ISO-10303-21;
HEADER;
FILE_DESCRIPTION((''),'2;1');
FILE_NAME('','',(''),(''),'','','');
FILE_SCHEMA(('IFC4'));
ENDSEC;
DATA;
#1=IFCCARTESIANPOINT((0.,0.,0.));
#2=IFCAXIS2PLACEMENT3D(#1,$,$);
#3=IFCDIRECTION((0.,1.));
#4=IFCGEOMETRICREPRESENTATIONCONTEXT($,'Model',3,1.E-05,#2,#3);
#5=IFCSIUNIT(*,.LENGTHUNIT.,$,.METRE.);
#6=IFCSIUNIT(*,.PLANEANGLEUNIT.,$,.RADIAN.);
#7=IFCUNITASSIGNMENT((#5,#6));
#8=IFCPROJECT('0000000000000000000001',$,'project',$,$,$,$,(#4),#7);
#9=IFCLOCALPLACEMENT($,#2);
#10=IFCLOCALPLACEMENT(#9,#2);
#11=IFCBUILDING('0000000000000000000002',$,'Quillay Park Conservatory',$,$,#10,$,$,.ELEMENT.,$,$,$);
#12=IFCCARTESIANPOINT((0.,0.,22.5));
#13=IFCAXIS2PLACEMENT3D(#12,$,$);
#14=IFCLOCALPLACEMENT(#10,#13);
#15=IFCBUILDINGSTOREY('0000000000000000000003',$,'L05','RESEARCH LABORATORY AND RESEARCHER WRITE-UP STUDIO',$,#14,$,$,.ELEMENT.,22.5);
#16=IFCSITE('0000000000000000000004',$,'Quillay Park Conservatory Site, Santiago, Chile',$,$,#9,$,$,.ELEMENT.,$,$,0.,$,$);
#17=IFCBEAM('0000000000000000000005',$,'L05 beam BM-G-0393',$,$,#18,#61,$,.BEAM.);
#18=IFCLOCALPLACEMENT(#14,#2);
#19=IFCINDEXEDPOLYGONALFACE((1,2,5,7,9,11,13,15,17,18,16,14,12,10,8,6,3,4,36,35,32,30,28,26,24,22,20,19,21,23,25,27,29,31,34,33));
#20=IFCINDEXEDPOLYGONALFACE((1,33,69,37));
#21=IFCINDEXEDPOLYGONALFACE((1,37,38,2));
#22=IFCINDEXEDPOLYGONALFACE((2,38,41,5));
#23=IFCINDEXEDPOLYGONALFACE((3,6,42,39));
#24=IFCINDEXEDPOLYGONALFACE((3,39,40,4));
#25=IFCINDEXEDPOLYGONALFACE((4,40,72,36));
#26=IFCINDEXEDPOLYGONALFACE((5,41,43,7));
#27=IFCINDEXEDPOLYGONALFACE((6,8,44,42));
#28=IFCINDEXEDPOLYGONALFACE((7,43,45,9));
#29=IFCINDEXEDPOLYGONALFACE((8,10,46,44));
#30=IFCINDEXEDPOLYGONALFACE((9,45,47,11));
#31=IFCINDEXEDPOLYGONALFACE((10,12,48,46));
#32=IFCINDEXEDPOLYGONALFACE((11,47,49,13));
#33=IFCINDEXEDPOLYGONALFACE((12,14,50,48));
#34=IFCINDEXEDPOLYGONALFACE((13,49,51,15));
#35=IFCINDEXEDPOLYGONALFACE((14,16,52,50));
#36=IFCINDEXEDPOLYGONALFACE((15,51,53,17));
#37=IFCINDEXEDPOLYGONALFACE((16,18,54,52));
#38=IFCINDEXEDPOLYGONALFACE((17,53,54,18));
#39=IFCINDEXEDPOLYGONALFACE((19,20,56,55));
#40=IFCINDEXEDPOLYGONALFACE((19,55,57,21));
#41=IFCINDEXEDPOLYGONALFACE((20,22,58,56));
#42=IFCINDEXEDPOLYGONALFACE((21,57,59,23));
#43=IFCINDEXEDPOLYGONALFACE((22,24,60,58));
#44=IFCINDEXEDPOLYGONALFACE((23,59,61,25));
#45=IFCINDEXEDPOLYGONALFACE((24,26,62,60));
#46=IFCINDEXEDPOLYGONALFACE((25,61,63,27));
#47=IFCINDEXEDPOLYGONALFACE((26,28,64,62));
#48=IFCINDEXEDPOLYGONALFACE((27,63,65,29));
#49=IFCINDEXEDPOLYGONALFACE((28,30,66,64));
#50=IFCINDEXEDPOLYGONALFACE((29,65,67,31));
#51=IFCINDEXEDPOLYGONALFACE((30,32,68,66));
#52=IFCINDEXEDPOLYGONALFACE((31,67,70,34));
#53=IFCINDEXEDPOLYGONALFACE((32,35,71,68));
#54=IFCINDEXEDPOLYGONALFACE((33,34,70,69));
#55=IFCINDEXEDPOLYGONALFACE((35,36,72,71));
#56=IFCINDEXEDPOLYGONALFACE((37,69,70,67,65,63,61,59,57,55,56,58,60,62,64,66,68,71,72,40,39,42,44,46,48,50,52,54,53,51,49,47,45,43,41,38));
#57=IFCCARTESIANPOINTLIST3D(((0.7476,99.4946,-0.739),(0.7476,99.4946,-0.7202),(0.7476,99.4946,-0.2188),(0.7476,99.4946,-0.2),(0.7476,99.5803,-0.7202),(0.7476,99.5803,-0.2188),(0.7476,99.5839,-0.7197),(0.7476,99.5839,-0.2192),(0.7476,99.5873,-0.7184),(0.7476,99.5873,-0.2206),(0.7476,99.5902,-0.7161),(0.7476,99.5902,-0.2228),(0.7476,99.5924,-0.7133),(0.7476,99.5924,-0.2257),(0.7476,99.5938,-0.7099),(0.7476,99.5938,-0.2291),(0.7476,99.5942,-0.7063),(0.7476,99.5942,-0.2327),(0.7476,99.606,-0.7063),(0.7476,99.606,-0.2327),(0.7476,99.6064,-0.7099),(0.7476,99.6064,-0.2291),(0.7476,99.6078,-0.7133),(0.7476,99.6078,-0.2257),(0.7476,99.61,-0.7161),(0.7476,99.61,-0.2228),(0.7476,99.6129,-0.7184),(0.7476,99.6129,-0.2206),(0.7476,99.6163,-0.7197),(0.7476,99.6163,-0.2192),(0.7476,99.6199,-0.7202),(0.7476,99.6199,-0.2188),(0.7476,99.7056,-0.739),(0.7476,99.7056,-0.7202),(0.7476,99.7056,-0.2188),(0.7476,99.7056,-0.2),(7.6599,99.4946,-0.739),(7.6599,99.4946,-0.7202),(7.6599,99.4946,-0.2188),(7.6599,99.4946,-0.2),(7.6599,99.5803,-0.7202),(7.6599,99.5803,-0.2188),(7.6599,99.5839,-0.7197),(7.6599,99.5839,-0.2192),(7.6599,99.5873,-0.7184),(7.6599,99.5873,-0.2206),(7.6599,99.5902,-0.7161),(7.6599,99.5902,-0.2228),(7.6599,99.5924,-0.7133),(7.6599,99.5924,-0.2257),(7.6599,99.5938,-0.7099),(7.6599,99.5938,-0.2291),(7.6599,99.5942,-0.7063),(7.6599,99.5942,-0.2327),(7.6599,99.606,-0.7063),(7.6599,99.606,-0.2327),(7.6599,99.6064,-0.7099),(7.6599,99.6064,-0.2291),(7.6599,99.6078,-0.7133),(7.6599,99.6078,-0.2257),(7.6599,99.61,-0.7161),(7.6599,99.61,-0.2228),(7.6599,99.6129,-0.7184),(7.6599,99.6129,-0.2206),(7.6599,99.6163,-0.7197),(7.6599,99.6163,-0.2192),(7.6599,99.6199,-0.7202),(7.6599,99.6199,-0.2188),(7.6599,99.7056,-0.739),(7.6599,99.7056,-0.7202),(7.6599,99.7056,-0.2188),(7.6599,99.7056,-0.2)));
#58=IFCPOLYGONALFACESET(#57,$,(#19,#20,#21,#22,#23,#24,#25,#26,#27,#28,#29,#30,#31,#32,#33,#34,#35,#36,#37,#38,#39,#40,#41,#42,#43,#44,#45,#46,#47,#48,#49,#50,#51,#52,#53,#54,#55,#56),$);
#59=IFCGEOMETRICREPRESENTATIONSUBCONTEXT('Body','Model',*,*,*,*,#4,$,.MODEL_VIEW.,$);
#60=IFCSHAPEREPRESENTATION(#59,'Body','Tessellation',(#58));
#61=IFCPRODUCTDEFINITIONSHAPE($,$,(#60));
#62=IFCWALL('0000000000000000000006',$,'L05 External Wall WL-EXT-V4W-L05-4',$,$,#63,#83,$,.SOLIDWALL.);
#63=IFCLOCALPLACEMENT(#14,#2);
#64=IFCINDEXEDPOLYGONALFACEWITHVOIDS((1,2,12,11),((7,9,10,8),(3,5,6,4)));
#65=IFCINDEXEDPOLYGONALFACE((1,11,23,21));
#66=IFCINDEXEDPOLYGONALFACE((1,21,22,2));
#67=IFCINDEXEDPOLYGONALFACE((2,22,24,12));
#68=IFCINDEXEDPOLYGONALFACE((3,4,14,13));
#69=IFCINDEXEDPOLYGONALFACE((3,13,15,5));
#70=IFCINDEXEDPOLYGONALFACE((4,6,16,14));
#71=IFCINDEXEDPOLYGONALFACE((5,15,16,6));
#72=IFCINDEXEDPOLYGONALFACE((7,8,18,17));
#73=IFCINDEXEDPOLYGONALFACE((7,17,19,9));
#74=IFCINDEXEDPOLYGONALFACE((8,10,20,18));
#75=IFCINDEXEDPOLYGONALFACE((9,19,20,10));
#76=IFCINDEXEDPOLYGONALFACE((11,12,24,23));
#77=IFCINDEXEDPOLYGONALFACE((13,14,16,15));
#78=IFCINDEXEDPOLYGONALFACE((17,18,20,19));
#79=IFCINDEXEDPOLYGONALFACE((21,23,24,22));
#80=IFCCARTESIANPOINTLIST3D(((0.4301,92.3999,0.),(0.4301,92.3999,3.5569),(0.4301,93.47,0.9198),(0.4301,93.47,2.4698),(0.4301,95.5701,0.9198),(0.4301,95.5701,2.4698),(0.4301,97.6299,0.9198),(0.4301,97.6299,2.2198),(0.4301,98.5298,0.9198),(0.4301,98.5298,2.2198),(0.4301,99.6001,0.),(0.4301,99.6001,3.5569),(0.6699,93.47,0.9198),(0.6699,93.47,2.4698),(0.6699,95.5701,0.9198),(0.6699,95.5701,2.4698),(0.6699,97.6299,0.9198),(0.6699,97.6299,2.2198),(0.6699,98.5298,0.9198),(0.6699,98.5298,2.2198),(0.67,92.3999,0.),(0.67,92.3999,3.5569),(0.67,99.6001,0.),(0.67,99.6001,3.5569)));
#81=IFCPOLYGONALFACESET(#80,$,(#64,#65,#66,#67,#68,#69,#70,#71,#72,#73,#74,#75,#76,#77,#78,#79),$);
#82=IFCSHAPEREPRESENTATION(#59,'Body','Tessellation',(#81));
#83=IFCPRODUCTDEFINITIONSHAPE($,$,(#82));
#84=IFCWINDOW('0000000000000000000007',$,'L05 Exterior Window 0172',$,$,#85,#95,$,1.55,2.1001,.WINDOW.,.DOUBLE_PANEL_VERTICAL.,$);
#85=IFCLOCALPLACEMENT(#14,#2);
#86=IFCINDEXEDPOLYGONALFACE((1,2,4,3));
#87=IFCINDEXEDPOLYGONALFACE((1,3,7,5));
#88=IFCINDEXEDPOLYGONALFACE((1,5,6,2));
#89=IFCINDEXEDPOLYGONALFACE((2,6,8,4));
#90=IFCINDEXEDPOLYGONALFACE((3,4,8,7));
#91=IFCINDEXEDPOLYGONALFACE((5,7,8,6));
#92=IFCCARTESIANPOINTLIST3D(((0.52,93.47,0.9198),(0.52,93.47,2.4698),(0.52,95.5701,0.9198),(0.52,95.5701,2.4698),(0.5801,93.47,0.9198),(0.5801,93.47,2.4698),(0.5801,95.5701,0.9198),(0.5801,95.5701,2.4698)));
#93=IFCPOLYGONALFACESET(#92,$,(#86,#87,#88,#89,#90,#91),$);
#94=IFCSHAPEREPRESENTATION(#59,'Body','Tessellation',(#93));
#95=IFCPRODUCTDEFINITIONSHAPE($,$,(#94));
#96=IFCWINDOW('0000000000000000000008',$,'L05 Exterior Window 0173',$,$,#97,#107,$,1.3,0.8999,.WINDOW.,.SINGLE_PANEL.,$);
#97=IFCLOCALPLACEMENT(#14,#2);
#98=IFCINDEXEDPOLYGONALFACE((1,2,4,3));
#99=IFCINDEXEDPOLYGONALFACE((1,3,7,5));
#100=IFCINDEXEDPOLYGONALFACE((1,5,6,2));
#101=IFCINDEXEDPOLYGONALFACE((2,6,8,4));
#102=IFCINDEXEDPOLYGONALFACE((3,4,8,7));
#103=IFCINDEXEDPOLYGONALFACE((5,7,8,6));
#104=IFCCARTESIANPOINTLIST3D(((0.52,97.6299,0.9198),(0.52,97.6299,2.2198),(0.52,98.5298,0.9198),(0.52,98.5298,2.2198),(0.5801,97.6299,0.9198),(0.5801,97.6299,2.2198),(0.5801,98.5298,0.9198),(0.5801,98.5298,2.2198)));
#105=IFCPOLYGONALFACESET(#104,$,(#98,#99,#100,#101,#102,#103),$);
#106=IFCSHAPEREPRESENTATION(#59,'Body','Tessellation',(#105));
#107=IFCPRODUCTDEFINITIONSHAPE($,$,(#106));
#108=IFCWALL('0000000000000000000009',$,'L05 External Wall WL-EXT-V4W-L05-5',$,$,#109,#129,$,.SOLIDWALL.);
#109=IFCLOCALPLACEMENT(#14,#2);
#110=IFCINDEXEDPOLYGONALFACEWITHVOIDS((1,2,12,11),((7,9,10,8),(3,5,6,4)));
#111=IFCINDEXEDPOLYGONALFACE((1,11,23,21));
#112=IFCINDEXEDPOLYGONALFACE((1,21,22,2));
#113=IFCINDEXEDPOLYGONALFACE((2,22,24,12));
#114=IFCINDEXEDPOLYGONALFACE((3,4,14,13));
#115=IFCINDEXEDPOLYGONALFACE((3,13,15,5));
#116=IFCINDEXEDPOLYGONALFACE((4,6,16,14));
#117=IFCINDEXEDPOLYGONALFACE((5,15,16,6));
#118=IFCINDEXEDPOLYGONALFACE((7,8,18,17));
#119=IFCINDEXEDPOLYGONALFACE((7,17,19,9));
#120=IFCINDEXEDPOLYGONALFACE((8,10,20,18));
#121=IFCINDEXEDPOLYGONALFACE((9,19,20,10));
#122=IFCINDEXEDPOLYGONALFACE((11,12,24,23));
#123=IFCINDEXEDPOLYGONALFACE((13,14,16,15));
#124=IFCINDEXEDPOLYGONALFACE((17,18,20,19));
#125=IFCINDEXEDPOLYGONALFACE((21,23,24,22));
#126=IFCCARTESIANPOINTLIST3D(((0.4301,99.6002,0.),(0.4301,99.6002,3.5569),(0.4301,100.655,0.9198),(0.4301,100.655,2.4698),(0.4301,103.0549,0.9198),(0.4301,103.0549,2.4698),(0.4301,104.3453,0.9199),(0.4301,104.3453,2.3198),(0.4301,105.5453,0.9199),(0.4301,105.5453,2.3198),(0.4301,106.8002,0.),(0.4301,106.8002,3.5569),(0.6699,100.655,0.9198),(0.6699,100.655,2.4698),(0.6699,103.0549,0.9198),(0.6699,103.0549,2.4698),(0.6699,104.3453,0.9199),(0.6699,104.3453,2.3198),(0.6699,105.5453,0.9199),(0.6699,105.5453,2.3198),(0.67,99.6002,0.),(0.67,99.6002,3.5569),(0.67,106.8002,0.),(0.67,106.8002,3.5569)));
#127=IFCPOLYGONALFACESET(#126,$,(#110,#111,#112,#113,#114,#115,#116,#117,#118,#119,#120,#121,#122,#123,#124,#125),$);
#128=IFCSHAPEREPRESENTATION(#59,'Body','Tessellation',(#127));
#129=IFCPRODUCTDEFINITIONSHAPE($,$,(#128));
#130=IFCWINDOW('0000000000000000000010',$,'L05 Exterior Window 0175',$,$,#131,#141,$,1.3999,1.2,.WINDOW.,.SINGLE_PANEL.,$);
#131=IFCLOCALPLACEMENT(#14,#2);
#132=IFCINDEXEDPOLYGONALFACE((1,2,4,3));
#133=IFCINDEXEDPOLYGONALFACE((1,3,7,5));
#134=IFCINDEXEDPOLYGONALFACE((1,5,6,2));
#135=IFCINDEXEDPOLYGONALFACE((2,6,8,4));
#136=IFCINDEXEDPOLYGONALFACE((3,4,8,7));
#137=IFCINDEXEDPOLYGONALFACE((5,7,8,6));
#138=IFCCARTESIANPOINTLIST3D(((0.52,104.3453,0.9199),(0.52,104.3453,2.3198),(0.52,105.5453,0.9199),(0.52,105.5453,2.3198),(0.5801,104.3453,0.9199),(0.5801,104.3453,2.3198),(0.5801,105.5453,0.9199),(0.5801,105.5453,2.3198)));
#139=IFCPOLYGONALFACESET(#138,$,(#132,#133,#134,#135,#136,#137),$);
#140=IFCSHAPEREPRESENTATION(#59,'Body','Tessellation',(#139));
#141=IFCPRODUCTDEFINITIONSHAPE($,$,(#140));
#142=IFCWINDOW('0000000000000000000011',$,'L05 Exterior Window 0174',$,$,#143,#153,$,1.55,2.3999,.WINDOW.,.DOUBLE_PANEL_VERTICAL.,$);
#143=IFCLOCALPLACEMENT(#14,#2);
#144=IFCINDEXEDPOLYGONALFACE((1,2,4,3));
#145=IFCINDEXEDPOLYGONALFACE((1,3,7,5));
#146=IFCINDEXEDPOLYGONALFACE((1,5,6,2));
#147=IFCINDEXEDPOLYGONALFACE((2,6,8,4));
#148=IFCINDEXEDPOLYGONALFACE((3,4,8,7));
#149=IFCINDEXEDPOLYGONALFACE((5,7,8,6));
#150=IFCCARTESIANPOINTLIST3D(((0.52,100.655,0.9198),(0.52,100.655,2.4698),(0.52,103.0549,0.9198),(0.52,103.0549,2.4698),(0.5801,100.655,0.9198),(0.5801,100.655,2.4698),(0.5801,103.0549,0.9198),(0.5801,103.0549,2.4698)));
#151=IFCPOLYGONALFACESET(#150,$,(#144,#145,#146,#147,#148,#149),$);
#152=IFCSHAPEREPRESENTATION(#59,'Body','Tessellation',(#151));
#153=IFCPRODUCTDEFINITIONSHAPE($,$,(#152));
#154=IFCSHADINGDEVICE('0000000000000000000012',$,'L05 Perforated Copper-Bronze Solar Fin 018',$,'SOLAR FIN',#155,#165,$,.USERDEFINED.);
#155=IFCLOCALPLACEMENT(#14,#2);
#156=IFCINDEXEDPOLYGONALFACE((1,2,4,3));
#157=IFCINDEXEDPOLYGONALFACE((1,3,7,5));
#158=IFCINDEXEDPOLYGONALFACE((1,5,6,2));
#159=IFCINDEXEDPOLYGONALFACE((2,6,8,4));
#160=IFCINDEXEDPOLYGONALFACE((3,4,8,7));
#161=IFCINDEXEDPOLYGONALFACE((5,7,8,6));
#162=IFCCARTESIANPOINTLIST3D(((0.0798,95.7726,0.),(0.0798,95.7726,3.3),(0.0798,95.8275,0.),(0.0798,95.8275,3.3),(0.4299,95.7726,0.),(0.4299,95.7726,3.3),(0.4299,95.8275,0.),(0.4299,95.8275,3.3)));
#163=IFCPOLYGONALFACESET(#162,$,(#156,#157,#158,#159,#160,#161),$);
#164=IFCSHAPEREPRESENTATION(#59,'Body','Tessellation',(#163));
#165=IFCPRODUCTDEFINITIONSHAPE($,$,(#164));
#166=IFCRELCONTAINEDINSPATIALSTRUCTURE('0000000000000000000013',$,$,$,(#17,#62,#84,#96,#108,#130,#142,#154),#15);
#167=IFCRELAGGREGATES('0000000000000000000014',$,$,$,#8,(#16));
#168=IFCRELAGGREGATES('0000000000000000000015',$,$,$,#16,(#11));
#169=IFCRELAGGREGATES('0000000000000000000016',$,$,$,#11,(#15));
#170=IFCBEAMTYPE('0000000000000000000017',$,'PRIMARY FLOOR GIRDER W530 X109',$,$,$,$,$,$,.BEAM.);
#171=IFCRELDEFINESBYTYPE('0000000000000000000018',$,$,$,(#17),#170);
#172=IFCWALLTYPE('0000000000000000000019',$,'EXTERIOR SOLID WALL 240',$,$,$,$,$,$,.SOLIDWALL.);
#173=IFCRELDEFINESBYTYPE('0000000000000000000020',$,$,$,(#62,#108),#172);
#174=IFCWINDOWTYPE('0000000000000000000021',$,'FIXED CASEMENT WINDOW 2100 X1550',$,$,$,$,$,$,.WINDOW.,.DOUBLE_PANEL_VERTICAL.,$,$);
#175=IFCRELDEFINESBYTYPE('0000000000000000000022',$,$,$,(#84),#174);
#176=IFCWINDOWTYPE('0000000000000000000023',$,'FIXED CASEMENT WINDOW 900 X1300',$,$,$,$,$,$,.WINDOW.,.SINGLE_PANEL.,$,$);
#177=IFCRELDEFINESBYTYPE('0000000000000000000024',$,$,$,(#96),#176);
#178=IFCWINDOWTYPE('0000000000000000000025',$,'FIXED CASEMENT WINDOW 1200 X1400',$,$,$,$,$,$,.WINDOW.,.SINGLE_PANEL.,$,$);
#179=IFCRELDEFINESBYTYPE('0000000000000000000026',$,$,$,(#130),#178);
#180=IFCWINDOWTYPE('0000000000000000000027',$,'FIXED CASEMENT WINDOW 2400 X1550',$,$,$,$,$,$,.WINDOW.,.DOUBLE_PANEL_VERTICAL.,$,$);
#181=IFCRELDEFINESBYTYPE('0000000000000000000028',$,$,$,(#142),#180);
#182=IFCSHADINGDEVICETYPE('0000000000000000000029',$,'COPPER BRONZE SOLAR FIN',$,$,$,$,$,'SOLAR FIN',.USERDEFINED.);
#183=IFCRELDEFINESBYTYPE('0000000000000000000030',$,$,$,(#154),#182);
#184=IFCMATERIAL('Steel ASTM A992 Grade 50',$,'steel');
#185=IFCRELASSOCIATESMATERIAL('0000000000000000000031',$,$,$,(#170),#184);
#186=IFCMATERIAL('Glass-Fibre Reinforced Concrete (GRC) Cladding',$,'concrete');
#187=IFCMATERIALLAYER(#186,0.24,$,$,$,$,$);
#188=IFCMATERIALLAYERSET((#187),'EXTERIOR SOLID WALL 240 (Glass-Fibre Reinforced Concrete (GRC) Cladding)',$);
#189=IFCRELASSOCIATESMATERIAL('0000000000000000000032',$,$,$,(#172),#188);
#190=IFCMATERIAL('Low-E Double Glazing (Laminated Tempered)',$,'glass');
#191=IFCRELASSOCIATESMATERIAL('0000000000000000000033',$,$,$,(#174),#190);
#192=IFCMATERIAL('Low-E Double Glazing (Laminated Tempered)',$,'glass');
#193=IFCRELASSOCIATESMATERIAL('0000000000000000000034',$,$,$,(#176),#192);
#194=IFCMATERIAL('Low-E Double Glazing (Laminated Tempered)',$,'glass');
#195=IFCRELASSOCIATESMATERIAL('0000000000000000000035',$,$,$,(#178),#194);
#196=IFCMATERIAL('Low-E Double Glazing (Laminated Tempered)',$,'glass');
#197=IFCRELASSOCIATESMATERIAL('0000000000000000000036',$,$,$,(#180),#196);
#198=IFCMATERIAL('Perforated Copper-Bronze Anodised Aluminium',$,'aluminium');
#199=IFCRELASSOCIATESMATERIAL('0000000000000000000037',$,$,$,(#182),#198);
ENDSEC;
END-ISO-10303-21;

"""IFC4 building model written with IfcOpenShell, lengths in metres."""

from ifc_helpers import new_model, si_unit, direction, frame, frame_2d, origin, origin_2d, place, context, subcontext, project, spatial, rectangle, i_section, extrude, material, layer, layer_set, material_profile, profile_set, type_object, element, fill, save


model = new_model("IFC4")

# Units and contexts
model_context = context("Model", 3, precision=1e-05, world=origin(), true_north=direction((0.0, 1.0)))
body_context = subcontext(model_context, "Body", "Model", "MODEL_VIEW")
ifc_project = project(units=[si_unit("LENGTHUNIT", "METRE"), si_unit("PLANEANGLEUNIT", "RADIAN")], contexts=[model_context])

# Site, building, storey
site_placement = place(None, origin())
site = spatial("IfcSite", under=ifc_project, at=site_placement, Name="Quillay Park Conservatory Site, Santiago, Chile", CompositionType="ELEMENT", RefElevation=0.0)
building_placement = place(site_placement, origin())
building = spatial("IfcBuilding", under=site, at=building_placement, Name="Quillay Park Conservatory", CompositionType="ELEMENT")
storey_placement = place(building_placement, frame((0.0, 0.0, 22.5)))
storey = spatial("IfcBuildingStorey", under=building, at=storey_placement, Name="L05", Description="RESEARCH LABORATORY AND RESEARCHER WRITE-UP STUDIO", CompositionType="ELEMENT", Elevation=22.5)

# Beam
ifc_material_1 = material(Name="Steel ASTM A992 Grade 50", Category="steel")
ifc_material_profile_1 = material_profile(ifc_material_1, i_section(OverallWidth=0.2109, OverallDepth=0.5391, WebThickness=0.0117, FlangeThickness=0.0188, FilletRadius=0.0139, at=origin_2d()), Name="W530x109")
ifc_profile_set_1 = profile_set([ifc_material_profile_1], Name="Steel ASTM A992 Grade 50")
beam_type_1 = type_object("IfcBeamType", Name="PRIMARY FLOOR GIRDER W530 X109", PredefinedType="BEAM", material=ifc_profile_set_1)
beam_1_placement = place(storey_placement, frame((0.7476, 99.6001, -0.4695), z_axis=(1.0, 0.0, 0.0), x_axis=(0.0, 1.0, 0.0)))
element("IfcBeam", 1, at=beam_1_placement, inside=storey, type_object=beam_type_1, Name="L05 beam BM-G-0393", PredefinedType="BEAM", context=body_context, shape_type="SweptSolid", body=[
    extrude(i_section(OverallWidth=0.2109, OverallDepth=0.5391, WebThickness=0.0117, FlangeThickness=0.0188, FilletRadius=0.0139, at=origin_2d()), origin(), (0.0, 0.0, 1.0), 6.9124),
])

# Walls, openings, windows
ifc_material_2 = material(Name="Glass-Fibre Reinforced Concrete (GRC) Cladding", Category="concrete")
ifc_layer = layer(ifc_material_2, 0.24)
ifc_layer_set = layer_set([ifc_layer], Name="EXTERIOR SOLID WALL 240 (Glass-Fibre Reinforced Concrete (GRC) Cladding)")
wall_type = type_object("IfcWallType", Name="EXTERIOR SOLID WALL 240", PredefinedType="SOLIDWALL", material=ifc_layer_set)
wall_1_placement = place(storey_placement, frame((0.55, 92.3999, 0.0), z_axis=(0.0, 0.0, 1.0), x_axis=(0.0, 1.0, 0.0)))
wall_1 = element("IfcWall", 2, at=wall_1_placement, inside=storey, type_object=wall_type, Name="L05 External Wall WL-EXT-V4W-L05-4", PredefinedType="SOLIDWALL", context=body_context, shape_type="SweptSolid", body=[
    extrude(rectangle(XDim=7.2002, YDim=0.24, at=frame_2d((3.6001, 0.0))), origin(), (0.0, 0.0, 1.0), 3.5569),
])
opening_1_placement = place(wall_1_placement, frame((1.0701, 0.0, 0.9199)))
opening_1 = element("IfcOpeningElement", 3, at=opening_1_placement, cuts=wall_1, PredefinedType="OPENING", context=body_context, shape_type="SweptSolid", body=[
    extrude(rectangle(XDim=2.1001, YDim=1.55, at=frame_2d((1.05, 0.7749))), frame((0.0, 0.1201, 0.0), z_axis=(0.0, -1.0, 0.0), x_axis=(1.0, 0.0, 0.0)), (0.0, 0.0, 1.0), 0.24),
])
opening_2_placement = place(wall_1_placement, frame((5.23, 0.0, 0.9199)))
opening_2 = element("IfcOpeningElement", 4, at=opening_2_placement, cuts=wall_1, PredefinedType="OPENING", context=body_context, shape_type="SweptSolid", body=[
    extrude(rectangle(XDim=0.8999, YDim=1.3, at=frame_2d((0.45, 0.6499))), frame((0.0, 0.1201, 0.0), z_axis=(0.0, -1.0, 0.0), x_axis=(1.0, 0.0, 0.0)), (0.0, 0.0, 1.0), 0.24),
])
ifc_material_3 = material(Name="Low-E Double Glazing (Laminated Tempered)", Category="glass")
window_type_1 = type_object("IfcWindowType", Name="FIXED CASEMENT WINDOW 2100 X1550", PartitioningType="DOUBLE_PANEL_VERTICAL", PredefinedType="WINDOW", material=ifc_material_3)
window_1_placement = place(opening_1_placement, origin())
window_1 = element("IfcWindow", 5, at=window_1_placement, inside=storey, type_object=window_type_1, Name="L05 Exterior Window 0172", OverallHeight=1.55, OverallWidth=2.1001, PartitioningType="DOUBLE_PANEL_VERTICAL", PredefinedType="WINDOW", context=body_context, shape_type="SweptSolid", body=[
    extrude(rectangle(XDim=2.1001, YDim=1.55, at=frame_2d((1.05, 0.7749))), frame((0.0, 0.03, 0.0), z_axis=(0.0, -1.0, 0.0), x_axis=(1.0, 0.0, 0.0)), (0.0, 0.0, 1.0), 0.0601),
])
fill(opening_1, window_1)
ifc_material_4 = material(Name="Low-E Double Glazing (Laminated Tempered)", Category="glass")
window_type_2 = type_object("IfcWindowType", Name="FIXED CASEMENT WINDOW 900 X1300", PartitioningType="SINGLE_PANEL", PredefinedType="WINDOW", material=ifc_material_4)
window_2_placement = place(opening_2_placement, origin())
window_2 = element("IfcWindow", 6, at=window_2_placement, inside=storey, type_object=window_type_2, Name="L05 Exterior Window 0173", OverallHeight=1.3, OverallWidth=0.8999, PartitioningType="SINGLE_PANEL", PredefinedType="WINDOW", context=body_context, shape_type="SweptSolid", body=[
    extrude(rectangle(XDim=0.8999, YDim=1.3, at=frame_2d((0.45, 0.6499))), frame((0.0, 0.03, 0.0), z_axis=(0.0, -1.0, 0.0), x_axis=(1.0, 0.0, 0.0)), (0.0, 0.0, 1.0), 0.0601),
])
fill(opening_2, window_2)
wall_2_placement = place(storey_placement, frame((0.55, 99.6001, 0.0), z_axis=(0.0, 0.0, 1.0), x_axis=(0.0, 1.0, 0.0)))
wall_2 = element("IfcWall", 7, at=wall_2_placement, inside=storey, type_object=wall_type, Name="L05 External Wall WL-EXT-V4W-L05-5", PredefinedType="SOLIDWALL", context=body_context, shape_type="SweptSolid", body=[
    extrude(rectangle(XDim=7.2, YDim=0.24, at=frame_2d((3.6001, 0.0))), origin(), (0.0, 0.0, 1.0), 3.5569),
])
opening_3_placement = place(wall_2_placement, frame((1.0549, 0.0, 0.9199)))
opening_3 = element("IfcOpeningElement", 8, at=opening_3_placement, cuts=wall_2, PredefinedType="OPENING", context=body_context, shape_type="SweptSolid", body=[
    extrude(rectangle(XDim=2.3999, YDim=1.55, at=frame_2d((1.2, 0.7749))), frame((0.0, 0.1201, 0.0), z_axis=(0.0, -1.0, 0.0), x_axis=(1.0, 0.0, 0.0)), (0.0, 0.0, 1.0), 0.24),
])
opening_4_placement = place(wall_2_placement, frame((4.7451, 0.0, 0.9199)))
opening_4 = element("IfcOpeningElement", 9, at=opening_4_placement, cuts=wall_2, PredefinedType="OPENING", context=body_context, shape_type="SweptSolid", body=[
    extrude(rectangle(XDim=1.2, YDim=1.3999, at=frame_2d((0.6001, 0.7))), frame((0.0, 0.1201, 0.0), z_axis=(0.0, -1.0, 0.0), x_axis=(1.0, 0.0, 0.0)), (0.0, 0.0, 1.0), 0.24),
])
ifc_material_5 = material(Name="Low-E Double Glazing (Laminated Tempered)", Category="glass")
window_type_3 = type_object("IfcWindowType", Name="FIXED CASEMENT WINDOW 1200 X1400", PartitioningType="SINGLE_PANEL", PredefinedType="WINDOW", material=ifc_material_5)
window_3_placement = place(opening_4_placement, origin())
window_3 = element("IfcWindow", 10, at=window_3_placement, inside=storey, type_object=window_type_3, Name="L05 Exterior Window 0175", OverallHeight=1.3999, OverallWidth=1.2, PartitioningType="SINGLE_PANEL", PredefinedType="WINDOW", context=body_context, shape_type="SweptSolid", body=[
    extrude(rectangle(XDim=1.2, YDim=1.3999, at=frame_2d((0.6001, 0.7))), frame((0.0, 0.03, 0.0), z_axis=(0.0, -1.0, 0.0), x_axis=(1.0, 0.0, 0.0)), (0.0, 0.0, 1.0), 0.0601),
])
fill(opening_4, window_3)
ifc_material_6 = material(Name="Low-E Double Glazing (Laminated Tempered)", Category="glass")
window_type_4 = type_object("IfcWindowType", Name="FIXED CASEMENT WINDOW 2400 X1550", PartitioningType="DOUBLE_PANEL_VERTICAL", PredefinedType="WINDOW", material=ifc_material_6)
window_4_placement = place(opening_3_placement, origin())
window_4 = element("IfcWindow", 11, at=window_4_placement, inside=storey, type_object=window_type_4, Name="L05 Exterior Window 0174", OverallHeight=1.55, OverallWidth=2.3999, PartitioningType="DOUBLE_PANEL_VERTICAL", PredefinedType="WINDOW", context=body_context, shape_type="SweptSolid", body=[
    extrude(rectangle(XDim=2.3999, YDim=1.55, at=frame_2d((1.2, 0.7749))), frame((0.0, 0.03, 0.0), z_axis=(0.0, -1.0, 0.0), x_axis=(1.0, 0.0, 0.0)), (0.0, 0.0, 1.0), 0.0601),
])
fill(opening_3, window_4)

# Shading device
ifc_material_7 = material(Name="Perforated Copper-Bronze Anodised Aluminium", Category="aluminium")
shading_device_type = type_object("IfcShadingDeviceType", Name="COPPER BRONZE SOLAR FIN", ElementType="SOLAR FIN", PredefinedType="USERDEFINED", material=ifc_material_7)
shading_device_placement = place(storey_placement, frame((0.2549, 95.8, 0.0), z_axis=(0.0, 0.0, 1.0), x_axis=(1.0, 0.0, 0.0)))
element("IfcShadingDevice", 12, at=shading_device_placement, inside=storey, type_object=shading_device_type, Name="L05 Perforated Copper-Bronze Solar Fin 018", ObjectType="SOLAR FIN", PredefinedType="USERDEFINED", context=body_context, shape_type="SweptSolid", body=[
    extrude(rectangle(XDim=0.3501, YDim=0.0549, at=origin_2d()), origin(), (0.0, 0.0, 1.0), 3.3),
])

save(model, "model.ifc")
